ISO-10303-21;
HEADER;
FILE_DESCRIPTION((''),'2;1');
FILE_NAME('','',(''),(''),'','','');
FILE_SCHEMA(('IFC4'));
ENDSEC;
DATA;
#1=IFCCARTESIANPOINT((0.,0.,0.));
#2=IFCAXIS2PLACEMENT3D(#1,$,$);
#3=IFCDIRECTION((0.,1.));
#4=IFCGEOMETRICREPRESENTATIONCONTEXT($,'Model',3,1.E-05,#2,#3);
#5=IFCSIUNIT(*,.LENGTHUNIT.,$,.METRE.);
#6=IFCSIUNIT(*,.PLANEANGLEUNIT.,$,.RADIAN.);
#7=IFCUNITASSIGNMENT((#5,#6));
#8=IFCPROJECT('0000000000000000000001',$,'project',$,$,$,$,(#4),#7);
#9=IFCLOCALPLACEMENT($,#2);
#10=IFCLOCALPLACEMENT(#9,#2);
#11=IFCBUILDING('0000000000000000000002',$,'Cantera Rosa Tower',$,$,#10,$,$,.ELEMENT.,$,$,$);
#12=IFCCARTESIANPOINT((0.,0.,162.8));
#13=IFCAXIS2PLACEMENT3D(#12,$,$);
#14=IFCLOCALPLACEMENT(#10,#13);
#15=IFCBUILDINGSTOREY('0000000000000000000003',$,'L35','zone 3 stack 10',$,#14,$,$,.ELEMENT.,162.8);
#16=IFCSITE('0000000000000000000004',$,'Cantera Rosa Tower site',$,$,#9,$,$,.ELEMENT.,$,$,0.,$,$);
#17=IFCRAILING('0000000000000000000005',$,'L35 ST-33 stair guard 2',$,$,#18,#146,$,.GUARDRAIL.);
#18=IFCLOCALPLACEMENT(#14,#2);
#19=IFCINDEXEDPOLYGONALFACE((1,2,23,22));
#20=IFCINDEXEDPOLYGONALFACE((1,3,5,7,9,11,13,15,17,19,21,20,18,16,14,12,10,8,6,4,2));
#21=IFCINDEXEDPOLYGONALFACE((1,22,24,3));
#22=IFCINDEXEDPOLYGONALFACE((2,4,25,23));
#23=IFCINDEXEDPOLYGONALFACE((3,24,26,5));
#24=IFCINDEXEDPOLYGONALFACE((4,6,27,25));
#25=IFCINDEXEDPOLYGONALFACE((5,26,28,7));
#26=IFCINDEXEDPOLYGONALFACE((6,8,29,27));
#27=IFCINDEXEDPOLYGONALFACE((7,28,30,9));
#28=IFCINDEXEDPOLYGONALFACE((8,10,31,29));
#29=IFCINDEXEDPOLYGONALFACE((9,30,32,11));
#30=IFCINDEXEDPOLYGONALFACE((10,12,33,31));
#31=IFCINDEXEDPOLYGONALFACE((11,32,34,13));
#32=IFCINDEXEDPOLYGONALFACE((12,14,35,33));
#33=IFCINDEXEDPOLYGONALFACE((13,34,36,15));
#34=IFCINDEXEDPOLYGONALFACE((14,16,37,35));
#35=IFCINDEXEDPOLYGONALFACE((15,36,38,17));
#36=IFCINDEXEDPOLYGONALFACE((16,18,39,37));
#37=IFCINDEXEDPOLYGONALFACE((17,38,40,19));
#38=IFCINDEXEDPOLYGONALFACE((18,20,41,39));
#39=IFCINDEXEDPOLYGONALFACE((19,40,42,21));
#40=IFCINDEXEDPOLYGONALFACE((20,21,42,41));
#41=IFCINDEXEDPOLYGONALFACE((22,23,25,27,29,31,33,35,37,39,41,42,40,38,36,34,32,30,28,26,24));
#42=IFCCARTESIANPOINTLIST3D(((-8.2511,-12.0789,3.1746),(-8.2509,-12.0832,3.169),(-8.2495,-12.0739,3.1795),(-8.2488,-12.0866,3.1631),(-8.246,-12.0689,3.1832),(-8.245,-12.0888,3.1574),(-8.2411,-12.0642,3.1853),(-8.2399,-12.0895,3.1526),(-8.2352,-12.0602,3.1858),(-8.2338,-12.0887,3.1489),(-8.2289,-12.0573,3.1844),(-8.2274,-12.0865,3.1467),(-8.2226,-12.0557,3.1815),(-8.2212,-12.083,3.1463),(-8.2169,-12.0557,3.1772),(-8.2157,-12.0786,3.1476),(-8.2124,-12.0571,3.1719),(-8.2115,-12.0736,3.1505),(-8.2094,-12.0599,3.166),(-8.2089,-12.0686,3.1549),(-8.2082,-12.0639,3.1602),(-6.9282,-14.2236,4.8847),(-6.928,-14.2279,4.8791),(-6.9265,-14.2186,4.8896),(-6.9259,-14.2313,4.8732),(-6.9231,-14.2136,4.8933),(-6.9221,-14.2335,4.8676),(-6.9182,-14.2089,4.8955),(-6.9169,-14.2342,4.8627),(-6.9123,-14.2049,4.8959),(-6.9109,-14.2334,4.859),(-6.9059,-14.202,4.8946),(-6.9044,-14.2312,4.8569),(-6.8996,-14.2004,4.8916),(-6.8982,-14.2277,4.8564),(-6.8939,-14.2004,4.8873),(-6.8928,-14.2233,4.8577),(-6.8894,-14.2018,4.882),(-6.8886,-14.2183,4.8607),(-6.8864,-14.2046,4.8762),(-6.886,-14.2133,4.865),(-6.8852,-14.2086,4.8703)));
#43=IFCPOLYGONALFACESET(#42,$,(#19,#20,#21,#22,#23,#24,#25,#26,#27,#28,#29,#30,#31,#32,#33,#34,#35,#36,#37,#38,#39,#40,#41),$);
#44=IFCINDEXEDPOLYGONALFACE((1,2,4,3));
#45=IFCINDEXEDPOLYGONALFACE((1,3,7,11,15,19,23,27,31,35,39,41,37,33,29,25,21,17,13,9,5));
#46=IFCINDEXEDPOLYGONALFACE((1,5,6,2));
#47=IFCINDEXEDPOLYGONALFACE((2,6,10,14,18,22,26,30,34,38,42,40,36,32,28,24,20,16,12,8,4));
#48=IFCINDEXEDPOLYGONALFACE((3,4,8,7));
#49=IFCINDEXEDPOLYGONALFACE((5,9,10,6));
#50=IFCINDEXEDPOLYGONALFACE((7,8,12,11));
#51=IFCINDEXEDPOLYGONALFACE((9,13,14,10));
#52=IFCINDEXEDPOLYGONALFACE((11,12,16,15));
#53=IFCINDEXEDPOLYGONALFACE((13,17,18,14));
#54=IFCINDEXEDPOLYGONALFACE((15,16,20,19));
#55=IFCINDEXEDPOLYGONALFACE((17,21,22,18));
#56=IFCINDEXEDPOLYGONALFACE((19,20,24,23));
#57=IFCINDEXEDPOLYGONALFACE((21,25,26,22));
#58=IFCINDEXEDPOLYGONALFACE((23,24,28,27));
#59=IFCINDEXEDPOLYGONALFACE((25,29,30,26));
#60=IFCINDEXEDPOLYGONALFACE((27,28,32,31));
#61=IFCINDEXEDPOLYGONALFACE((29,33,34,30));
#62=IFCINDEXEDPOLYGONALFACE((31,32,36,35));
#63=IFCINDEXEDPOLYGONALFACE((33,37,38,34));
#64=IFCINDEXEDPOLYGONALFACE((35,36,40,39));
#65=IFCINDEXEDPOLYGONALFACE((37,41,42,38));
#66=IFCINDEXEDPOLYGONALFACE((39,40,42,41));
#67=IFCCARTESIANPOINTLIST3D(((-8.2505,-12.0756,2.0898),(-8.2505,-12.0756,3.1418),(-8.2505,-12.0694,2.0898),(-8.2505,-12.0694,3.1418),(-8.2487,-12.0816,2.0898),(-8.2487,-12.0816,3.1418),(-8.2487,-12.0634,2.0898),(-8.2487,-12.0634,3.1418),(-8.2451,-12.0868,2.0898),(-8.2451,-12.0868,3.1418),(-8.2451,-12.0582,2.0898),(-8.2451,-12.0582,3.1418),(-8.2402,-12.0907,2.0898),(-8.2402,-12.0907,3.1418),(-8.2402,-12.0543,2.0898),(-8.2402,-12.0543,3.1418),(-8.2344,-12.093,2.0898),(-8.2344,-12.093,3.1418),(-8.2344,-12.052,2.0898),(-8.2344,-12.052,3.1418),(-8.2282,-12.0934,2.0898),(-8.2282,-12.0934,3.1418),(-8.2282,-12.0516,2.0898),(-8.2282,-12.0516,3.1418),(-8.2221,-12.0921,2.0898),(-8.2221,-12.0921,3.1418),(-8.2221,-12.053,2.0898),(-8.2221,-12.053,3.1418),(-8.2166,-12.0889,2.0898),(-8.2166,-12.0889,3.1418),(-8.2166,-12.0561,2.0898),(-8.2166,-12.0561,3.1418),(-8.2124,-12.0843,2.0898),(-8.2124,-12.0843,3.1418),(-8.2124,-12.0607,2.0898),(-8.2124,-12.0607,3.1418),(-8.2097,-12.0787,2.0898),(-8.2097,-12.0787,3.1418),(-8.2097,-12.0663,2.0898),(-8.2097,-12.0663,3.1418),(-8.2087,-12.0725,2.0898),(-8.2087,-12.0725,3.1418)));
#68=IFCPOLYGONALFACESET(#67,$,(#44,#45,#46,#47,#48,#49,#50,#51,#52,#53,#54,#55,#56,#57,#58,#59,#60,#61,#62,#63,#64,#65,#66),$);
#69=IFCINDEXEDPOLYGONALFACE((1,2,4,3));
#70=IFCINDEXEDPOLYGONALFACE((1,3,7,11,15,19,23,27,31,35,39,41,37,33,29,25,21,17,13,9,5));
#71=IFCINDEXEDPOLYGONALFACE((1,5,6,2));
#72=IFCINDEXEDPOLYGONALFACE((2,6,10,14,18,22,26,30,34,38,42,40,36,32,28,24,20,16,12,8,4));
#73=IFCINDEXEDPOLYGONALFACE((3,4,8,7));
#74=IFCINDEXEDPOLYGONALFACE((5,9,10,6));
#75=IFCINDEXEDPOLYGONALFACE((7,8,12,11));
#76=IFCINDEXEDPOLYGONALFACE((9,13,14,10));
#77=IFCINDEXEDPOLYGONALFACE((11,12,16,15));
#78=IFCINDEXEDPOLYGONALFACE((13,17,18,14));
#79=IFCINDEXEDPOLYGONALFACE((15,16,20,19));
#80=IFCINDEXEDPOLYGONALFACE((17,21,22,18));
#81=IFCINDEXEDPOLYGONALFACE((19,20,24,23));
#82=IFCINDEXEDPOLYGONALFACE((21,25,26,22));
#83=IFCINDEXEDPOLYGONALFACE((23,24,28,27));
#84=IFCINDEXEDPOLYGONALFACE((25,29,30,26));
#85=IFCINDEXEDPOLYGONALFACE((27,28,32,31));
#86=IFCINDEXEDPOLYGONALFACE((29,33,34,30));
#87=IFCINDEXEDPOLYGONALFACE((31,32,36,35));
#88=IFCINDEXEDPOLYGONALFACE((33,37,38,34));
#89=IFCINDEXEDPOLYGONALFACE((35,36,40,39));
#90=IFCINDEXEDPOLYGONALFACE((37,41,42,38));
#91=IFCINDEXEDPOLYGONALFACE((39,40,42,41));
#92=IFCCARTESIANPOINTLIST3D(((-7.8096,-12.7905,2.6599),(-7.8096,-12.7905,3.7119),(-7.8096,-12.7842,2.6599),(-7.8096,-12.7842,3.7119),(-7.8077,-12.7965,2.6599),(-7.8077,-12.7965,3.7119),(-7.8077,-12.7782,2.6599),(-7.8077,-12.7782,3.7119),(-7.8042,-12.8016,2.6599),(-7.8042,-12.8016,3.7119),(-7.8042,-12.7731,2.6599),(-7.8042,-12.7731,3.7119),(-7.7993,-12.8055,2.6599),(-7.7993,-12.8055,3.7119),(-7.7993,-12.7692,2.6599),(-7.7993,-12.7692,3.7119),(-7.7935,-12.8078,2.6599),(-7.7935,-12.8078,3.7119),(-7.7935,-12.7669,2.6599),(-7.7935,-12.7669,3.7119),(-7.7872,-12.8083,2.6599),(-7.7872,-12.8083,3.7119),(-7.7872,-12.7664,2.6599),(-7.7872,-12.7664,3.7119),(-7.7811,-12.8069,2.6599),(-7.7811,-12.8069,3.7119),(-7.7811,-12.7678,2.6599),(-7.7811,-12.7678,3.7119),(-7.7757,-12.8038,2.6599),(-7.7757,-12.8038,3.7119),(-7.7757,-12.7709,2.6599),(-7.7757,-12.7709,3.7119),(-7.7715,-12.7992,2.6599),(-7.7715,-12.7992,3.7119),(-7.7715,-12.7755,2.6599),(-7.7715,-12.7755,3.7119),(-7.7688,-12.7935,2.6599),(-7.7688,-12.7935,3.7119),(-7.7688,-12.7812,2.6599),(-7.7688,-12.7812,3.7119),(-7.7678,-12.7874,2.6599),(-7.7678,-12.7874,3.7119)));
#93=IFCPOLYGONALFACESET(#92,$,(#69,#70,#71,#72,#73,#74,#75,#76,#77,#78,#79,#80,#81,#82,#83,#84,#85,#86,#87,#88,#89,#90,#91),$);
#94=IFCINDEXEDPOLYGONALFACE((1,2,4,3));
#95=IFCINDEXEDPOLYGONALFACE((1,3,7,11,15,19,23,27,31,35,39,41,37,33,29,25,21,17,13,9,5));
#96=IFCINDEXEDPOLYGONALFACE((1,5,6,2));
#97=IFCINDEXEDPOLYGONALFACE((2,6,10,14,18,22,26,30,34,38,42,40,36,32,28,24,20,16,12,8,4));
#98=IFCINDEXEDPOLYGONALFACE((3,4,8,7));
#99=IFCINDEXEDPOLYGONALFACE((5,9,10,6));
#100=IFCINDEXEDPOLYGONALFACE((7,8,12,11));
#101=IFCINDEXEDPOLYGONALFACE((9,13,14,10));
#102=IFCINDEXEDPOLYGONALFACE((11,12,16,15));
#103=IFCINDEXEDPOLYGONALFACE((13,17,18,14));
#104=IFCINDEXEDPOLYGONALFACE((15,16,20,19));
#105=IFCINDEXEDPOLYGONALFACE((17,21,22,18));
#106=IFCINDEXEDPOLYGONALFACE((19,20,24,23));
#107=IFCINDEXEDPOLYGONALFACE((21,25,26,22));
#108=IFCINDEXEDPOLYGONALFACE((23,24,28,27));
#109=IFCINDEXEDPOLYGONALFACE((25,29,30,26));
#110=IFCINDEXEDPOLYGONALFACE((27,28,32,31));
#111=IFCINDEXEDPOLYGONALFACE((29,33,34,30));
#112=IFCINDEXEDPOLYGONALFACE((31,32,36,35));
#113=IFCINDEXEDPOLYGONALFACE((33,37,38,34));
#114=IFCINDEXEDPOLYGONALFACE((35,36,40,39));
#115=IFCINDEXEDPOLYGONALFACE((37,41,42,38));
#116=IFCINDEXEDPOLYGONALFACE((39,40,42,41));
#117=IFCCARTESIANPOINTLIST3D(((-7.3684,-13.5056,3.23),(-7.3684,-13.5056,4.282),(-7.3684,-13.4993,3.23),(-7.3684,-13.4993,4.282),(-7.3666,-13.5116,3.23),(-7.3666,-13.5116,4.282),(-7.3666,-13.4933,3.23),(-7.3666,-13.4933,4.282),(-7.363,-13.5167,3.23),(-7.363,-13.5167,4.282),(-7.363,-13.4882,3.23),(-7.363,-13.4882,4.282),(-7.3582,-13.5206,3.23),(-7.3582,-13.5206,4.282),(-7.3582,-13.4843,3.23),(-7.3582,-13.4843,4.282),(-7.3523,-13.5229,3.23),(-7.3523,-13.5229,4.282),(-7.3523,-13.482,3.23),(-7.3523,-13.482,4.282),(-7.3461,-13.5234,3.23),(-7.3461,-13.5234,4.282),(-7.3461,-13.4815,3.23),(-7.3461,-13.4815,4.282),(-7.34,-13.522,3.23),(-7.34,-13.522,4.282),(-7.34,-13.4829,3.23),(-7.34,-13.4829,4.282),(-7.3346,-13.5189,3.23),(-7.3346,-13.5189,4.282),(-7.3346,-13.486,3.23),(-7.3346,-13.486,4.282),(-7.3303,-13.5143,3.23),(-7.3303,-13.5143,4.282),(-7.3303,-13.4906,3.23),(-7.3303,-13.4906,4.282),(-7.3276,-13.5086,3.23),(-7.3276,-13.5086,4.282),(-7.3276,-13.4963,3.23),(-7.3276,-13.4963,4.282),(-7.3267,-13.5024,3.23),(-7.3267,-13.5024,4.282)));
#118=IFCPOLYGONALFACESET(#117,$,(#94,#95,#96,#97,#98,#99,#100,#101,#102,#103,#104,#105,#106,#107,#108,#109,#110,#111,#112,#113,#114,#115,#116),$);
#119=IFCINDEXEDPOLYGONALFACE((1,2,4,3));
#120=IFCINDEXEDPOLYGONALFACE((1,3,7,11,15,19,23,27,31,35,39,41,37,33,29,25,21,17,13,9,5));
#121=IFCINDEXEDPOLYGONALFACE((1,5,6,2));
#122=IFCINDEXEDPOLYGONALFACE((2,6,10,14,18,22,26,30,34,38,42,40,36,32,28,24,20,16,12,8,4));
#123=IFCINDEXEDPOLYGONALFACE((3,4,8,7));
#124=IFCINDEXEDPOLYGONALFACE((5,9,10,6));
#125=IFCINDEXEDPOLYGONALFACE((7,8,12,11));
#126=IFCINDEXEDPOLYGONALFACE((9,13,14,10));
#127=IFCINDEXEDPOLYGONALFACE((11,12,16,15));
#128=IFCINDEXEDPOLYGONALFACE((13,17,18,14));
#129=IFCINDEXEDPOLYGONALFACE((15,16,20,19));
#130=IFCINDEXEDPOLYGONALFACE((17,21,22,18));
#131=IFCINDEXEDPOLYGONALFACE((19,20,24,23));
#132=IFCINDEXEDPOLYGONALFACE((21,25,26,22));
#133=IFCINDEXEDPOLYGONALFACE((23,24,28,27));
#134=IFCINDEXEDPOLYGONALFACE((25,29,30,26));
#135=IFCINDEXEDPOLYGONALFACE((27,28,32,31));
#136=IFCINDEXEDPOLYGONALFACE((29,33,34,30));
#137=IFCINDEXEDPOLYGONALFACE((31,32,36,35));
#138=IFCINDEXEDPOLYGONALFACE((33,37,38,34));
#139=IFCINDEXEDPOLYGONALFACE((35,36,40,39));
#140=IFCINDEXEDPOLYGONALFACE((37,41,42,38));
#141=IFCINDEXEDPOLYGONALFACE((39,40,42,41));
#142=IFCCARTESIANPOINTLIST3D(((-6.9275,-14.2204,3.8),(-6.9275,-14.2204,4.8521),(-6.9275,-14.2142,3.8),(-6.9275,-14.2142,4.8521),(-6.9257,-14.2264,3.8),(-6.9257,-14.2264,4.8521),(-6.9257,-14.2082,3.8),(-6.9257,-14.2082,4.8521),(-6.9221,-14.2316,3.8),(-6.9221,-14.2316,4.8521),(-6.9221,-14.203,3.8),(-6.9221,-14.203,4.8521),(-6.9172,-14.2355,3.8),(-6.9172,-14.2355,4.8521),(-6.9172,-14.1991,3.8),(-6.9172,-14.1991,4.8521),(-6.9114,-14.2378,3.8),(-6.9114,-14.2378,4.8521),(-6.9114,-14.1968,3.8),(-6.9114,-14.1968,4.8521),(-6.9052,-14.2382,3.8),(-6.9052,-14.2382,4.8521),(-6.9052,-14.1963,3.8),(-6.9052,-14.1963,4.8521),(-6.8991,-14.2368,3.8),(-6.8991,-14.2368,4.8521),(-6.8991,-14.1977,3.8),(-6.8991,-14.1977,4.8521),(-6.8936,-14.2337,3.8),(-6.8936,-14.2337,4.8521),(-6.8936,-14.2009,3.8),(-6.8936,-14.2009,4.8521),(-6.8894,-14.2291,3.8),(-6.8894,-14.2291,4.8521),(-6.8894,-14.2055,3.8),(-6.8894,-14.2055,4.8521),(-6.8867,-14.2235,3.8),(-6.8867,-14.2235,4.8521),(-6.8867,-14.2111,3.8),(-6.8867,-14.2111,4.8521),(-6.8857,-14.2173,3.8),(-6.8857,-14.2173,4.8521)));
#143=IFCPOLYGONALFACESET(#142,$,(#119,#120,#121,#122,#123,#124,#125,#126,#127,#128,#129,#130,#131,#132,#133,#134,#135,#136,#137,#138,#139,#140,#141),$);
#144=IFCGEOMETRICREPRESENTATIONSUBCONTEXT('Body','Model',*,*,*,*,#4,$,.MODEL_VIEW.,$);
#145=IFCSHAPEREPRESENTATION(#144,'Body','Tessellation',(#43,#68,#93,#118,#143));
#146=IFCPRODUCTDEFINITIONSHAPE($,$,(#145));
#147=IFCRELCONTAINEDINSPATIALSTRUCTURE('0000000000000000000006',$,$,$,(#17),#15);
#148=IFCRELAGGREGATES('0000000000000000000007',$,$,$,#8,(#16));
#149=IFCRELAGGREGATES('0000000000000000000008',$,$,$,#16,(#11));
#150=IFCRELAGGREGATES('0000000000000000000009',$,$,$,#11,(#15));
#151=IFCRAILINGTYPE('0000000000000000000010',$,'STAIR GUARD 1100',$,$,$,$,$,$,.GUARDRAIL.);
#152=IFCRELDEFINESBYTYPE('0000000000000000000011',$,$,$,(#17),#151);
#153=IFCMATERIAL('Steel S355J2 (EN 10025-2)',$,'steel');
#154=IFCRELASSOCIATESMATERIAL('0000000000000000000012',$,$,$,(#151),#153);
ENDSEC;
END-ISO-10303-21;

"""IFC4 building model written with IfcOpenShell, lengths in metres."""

from ifc_helpers import new_model, si_unit, direction, frame, origin, origin_2d, place, context, subcontext, project, spatial, circle, extrude, material, type_object, element, save


model = new_model("IFC4")

# Units and contexts
model_context = context("Model", 3, precision=1e-05, world=origin(), true_north=direction((0.0, 1.0)))
body_context = subcontext(model_context, "Body", "Model", "MODEL_VIEW")
ifc_project = project(units=[si_unit("LENGTHUNIT", "METRE"), si_unit("PLANEANGLEUNIT", "RADIAN")], contexts=[model_context])

# Site, building, storey
site_placement = place(None, origin())
site = spatial("IfcSite", under=ifc_project, at=site_placement, Name="Cantera Rosa Tower site", CompositionType="ELEMENT", RefElevation=0.0)
building_placement = place(site_placement, origin())
building = spatial("IfcBuilding", under=site, at=building_placement, Name="Cantera Rosa Tower", CompositionType="ELEMENT")
storey_placement = place(building_placement, frame((0.0, 0.0, 162.8)))
storey = spatial("IfcBuildingStorey", under=building, at=storey_placement, Name="L35", Description="zone 3 stack 10", CompositionType="ELEMENT", Elevation=162.8)

# Railing
ifc_material_1 = material(Name="Steel S355J2 (EN 10025-2)", Category="steel")
railing_type_1 = type_object("IfcRailingType", Name="STAIR GUARD 1100", PredefinedType="GUARDRAIL", material=ifc_material_1)
railing_1_placement = place(storey_placement, frame((-8.2297, -12.0725, 2.0898)))
element("IfcRailing", 1, at=railing_1_placement, inside=storey, type_object=railing_type_1, Name="L35 ST-33 stair guard 2", PredefinedType="GUARDRAIL", context=body_context, shape_type="SweptSolid", body=[
    extrude(circle(Radius=0.0239, at=origin_2d()), frame((0.0, 0.0, 1.0762), z_axis=(0.434408, -0.70424, 0.561548), x_axis=(0.851102, 0.525, 0.0)), (0.0, 0.0, 1.0), 3.0454),
    extrude(circle(Radius=0.021, at=origin_2d()), origin(), (0.0, 0.0, 1.0), 1.052),
    extrude(circle(Radius=0.021, at=origin_2d()), frame((0.4409, -0.7148, 0.5701)), (0.0, 0.0, 1.0), 1.052),
    extrude(circle(Radius=0.021, at=origin_2d()), frame((0.8821, -1.4299, 1.1401)), (0.0, 0.0, 1.0), 1.052),
    extrude(circle(Radius=0.021, at=origin_2d()), frame((1.323, -2.1448, 1.7102)), (0.0, 0.0, 1.0), 1.052),
])

save(model, "model.ifc")
